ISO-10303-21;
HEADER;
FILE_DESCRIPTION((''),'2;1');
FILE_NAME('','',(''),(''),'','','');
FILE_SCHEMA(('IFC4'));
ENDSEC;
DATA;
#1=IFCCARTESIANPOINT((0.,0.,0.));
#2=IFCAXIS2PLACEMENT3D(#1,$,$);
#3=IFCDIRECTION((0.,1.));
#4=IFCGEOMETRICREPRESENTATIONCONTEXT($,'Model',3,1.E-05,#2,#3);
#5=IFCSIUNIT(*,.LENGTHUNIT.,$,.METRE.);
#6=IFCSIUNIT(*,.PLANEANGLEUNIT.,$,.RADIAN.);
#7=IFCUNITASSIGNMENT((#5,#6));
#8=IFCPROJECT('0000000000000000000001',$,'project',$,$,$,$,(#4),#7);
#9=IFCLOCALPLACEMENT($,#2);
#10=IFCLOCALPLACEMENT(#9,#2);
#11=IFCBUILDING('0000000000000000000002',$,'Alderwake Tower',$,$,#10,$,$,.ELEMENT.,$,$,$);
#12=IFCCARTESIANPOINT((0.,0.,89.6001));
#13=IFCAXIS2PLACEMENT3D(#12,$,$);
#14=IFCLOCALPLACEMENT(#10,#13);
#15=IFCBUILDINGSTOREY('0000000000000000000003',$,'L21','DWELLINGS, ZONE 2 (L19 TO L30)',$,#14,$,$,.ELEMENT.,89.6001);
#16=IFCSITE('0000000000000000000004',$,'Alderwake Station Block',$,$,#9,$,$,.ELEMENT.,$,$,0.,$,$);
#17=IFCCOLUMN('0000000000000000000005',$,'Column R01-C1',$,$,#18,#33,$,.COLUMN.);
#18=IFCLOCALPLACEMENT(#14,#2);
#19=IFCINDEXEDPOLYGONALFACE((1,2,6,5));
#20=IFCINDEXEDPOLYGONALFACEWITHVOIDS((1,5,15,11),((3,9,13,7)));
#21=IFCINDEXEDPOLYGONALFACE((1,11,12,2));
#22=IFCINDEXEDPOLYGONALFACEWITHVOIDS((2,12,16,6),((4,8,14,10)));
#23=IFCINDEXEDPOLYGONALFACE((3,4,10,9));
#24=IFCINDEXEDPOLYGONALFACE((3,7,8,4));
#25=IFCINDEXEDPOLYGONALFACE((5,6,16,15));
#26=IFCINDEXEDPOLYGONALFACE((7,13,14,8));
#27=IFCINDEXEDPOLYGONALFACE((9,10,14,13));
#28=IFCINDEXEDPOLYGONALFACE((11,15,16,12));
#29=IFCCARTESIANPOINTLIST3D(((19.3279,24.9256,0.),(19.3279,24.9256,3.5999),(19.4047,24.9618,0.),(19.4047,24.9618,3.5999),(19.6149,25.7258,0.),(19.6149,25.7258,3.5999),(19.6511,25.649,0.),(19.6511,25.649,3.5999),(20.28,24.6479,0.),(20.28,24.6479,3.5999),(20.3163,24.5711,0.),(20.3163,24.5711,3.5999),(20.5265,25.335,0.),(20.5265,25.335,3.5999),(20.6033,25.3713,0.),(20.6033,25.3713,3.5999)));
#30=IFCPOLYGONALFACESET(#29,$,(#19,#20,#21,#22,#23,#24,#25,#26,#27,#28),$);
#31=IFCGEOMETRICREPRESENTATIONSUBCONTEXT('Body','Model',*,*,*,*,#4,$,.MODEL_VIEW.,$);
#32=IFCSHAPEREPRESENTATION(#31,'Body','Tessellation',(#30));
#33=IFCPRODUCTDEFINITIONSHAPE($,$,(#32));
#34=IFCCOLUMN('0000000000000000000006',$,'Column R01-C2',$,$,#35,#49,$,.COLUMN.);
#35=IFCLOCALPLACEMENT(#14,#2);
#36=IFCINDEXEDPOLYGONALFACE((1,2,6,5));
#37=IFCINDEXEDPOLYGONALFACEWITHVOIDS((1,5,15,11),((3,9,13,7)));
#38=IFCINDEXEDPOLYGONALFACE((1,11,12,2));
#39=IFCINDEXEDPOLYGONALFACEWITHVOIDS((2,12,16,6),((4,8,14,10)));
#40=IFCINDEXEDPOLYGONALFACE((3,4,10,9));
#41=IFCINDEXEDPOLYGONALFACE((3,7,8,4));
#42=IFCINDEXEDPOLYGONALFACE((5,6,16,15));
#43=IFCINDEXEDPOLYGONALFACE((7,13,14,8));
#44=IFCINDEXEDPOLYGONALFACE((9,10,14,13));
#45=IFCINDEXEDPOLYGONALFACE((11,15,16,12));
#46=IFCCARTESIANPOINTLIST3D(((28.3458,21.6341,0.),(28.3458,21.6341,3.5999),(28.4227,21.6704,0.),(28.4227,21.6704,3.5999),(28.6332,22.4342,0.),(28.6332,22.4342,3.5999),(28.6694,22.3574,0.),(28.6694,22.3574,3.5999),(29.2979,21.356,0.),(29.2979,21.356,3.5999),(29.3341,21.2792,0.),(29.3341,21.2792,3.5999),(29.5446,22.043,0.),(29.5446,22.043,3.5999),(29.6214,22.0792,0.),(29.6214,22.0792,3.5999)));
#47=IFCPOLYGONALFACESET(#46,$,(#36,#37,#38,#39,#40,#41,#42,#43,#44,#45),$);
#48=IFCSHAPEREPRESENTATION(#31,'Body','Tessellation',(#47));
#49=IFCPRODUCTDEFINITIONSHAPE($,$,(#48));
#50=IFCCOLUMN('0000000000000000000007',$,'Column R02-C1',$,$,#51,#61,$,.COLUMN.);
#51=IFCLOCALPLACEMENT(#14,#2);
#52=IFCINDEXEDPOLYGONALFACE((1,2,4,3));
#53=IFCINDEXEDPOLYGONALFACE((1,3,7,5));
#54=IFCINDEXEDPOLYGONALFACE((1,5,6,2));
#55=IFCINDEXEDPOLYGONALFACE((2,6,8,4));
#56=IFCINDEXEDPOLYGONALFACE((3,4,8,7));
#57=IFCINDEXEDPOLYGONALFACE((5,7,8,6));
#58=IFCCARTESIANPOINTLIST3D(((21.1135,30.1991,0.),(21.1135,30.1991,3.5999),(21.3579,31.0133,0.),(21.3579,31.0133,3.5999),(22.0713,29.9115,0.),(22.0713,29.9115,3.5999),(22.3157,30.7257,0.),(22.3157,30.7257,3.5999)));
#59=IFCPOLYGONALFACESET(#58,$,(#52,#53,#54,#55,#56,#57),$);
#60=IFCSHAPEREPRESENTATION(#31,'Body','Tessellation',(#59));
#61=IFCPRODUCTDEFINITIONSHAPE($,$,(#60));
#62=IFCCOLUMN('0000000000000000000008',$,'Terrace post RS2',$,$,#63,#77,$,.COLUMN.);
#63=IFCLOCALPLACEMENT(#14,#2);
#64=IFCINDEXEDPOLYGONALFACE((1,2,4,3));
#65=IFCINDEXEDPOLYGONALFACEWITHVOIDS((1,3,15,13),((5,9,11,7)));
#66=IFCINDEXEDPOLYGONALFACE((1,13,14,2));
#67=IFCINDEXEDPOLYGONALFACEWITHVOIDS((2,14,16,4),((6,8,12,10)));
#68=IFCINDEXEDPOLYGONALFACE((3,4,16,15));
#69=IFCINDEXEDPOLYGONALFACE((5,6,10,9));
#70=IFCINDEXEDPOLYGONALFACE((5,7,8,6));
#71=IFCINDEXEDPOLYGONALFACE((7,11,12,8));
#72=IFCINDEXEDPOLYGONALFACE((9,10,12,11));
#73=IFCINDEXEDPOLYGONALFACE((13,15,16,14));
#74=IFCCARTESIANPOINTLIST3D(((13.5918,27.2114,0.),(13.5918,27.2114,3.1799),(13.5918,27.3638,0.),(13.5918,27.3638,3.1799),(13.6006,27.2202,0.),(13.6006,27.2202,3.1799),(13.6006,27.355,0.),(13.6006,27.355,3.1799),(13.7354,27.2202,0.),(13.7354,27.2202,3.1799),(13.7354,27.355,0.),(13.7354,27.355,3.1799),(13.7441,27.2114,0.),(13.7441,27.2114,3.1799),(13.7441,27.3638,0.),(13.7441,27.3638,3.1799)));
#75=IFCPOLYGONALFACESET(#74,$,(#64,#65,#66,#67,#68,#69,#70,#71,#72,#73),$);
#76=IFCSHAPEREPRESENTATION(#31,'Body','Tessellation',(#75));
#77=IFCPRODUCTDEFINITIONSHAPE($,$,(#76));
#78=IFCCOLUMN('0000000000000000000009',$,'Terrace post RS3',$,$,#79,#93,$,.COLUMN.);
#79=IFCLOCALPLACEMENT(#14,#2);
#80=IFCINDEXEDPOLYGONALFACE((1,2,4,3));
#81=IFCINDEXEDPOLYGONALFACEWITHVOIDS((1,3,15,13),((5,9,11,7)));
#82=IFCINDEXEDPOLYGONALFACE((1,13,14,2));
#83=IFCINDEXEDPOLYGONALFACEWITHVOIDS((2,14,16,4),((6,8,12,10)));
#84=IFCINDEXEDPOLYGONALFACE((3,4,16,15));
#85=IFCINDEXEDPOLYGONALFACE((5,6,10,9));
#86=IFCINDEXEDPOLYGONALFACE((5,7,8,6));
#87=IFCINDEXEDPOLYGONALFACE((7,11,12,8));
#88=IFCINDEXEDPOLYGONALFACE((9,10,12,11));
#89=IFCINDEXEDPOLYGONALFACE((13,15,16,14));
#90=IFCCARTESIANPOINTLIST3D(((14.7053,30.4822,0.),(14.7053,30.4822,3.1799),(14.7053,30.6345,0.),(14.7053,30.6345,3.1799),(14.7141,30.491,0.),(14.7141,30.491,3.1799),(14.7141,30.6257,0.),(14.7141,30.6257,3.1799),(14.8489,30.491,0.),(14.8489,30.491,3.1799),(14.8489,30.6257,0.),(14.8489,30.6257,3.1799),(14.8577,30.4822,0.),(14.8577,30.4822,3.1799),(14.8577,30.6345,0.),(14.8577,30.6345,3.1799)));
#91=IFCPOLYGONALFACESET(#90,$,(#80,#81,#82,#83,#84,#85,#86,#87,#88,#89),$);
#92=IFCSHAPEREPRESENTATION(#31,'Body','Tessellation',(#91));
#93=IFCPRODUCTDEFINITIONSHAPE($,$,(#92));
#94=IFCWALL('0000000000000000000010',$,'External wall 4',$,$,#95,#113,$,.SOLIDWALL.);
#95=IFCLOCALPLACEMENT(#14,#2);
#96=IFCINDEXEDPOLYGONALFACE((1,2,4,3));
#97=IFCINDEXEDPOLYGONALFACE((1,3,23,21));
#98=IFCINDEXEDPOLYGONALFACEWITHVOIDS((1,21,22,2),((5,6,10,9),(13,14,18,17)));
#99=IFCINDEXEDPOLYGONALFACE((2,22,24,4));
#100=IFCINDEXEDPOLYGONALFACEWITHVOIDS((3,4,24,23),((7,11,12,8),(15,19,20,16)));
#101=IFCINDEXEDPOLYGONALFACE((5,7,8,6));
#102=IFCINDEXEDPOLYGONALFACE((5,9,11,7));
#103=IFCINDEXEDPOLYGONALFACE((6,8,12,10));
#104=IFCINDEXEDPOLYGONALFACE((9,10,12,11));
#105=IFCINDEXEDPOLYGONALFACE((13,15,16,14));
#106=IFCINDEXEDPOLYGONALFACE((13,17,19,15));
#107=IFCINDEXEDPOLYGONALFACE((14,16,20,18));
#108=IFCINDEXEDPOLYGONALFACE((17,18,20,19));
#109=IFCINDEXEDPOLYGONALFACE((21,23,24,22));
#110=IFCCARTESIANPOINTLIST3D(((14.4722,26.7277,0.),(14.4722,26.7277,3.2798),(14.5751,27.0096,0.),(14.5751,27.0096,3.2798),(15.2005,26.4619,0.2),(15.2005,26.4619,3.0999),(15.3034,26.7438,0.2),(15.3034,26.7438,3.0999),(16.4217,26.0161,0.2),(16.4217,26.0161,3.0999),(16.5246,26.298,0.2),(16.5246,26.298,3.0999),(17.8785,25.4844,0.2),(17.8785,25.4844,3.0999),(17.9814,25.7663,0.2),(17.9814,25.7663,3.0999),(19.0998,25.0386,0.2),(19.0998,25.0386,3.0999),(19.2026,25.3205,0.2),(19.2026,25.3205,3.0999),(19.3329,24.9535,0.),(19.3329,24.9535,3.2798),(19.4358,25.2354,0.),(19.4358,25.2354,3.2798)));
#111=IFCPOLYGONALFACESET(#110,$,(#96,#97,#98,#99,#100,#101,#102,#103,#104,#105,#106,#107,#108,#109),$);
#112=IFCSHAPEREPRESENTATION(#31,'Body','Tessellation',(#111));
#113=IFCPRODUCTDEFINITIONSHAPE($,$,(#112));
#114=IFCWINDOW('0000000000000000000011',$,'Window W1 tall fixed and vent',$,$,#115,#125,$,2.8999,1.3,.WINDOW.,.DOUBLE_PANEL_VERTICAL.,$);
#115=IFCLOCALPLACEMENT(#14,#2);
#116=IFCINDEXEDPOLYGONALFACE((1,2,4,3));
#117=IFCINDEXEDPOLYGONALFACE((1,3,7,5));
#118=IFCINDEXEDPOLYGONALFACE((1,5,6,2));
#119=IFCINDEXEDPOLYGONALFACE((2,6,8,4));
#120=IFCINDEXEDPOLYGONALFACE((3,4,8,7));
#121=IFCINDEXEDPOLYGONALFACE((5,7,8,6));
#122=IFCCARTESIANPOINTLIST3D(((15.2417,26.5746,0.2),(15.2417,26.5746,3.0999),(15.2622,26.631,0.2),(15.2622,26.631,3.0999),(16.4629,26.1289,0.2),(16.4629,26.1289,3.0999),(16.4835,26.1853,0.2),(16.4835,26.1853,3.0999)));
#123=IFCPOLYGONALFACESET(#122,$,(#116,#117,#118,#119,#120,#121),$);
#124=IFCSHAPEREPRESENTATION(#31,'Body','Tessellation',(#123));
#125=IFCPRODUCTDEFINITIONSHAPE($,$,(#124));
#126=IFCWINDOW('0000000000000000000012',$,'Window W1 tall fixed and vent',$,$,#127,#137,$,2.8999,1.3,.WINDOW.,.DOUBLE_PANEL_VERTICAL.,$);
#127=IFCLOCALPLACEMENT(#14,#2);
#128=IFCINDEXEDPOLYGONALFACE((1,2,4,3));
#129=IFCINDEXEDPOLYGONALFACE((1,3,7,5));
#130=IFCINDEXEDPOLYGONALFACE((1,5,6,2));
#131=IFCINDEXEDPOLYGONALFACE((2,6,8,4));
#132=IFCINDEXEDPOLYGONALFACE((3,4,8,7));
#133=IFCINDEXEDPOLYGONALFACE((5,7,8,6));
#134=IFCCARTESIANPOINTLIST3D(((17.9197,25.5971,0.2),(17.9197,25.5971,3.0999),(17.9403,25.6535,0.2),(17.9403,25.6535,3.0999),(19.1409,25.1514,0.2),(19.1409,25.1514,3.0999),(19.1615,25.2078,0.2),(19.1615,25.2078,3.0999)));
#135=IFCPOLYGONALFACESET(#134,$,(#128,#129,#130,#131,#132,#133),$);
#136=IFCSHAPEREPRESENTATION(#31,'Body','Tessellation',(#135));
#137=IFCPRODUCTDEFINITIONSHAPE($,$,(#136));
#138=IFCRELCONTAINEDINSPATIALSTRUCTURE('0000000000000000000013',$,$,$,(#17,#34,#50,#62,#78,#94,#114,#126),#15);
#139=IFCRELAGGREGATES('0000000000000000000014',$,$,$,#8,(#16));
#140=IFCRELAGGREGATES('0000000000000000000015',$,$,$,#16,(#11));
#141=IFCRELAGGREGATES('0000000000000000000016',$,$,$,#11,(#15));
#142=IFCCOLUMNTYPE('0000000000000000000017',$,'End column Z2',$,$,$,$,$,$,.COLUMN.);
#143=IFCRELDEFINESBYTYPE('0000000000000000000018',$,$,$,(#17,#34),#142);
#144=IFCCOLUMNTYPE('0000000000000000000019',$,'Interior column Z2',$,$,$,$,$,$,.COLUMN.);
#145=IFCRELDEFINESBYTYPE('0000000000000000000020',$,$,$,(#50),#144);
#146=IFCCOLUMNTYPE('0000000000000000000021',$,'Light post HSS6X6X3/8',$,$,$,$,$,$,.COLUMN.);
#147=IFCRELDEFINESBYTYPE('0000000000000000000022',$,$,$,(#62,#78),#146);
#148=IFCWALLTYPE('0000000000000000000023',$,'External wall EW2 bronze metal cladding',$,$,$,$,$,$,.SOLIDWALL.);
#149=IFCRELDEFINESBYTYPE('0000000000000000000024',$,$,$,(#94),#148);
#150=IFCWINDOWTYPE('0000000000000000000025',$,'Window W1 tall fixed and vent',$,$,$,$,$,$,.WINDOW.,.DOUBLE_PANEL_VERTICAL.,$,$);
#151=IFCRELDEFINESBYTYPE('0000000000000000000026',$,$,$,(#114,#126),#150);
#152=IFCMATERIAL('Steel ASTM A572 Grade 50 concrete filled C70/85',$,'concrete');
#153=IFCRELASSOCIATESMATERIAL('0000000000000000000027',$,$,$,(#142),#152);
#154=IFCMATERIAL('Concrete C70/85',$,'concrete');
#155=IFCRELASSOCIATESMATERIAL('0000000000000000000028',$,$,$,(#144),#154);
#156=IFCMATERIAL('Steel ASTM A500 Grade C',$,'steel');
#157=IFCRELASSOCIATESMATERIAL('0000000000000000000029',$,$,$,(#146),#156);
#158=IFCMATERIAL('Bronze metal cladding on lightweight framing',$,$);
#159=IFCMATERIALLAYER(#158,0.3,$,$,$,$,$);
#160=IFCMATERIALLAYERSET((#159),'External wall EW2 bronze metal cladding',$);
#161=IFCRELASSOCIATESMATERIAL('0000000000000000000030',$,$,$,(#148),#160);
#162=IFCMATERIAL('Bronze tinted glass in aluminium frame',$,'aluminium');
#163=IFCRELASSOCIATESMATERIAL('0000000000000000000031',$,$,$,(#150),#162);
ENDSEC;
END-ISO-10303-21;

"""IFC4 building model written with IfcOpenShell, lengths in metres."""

from ifc_helpers import new_model, si_unit, direction, frame, frame_2d, origin, origin_2d, place, context, subcontext, project, spatial, rectangle, hollow_rectangle, extrude, material, layer, layer_set, material_profile, profile_set, type_object, element, fill, save


model = new_model("IFC4")

# Units and contexts
model_context = context("Model", 3, precision=1e-05, world=origin(), true_north=direction((0.0, 1.0)))
body_context = subcontext(model_context, "Body", "Model", "MODEL_VIEW")
ifc_project = project(units=[si_unit("LENGTHUNIT", "METRE"), si_unit("PLANEANGLEUNIT", "RADIAN")], contexts=[model_context])

# Site, building, storey
site_placement = place(None, origin())
site = spatial("IfcSite", under=ifc_project, at=site_placement, Name="Alderwake Station Block", CompositionType="ELEMENT", RefElevation=0.0)
building_placement = place(site_placement, origin())
building = spatial("IfcBuilding", under=site, at=building_placement, Name="Alderwake Tower", CompositionType="ELEMENT")
storey_placement = place(building_placement, frame((0.0, 0.0, 89.6001)))
storey = spatial("IfcBuildingStorey", under=building, at=storey_placement, Name="L21", Description="DWELLINGS, ZONE 2 (L19 TO L30)", CompositionType="ELEMENT", Elevation=89.6001)

# Columns
ifc_material_1 = material(Name="Steel ASTM A572 Grade 50 concrete filled C70/85", Category="concrete")
ifc_material_profile_1 = material_profile(ifc_material_1, hollow_rectangle(XDim=0.8501, YDim=1.05, WallThickness=0.0601, at=origin_2d()), Name="BOX 1050X850X60")
ifc_profile_set_1 = profile_set([ifc_material_profile_1], Name="Steel ASTM A572 Grade 50 concrete filled C70/85")
column_type_1 = type_object("IfcColumnType", Name="End column Z2", PredefinedType="COLUMN", material=ifc_profile_set_1)
for number, where, z_axis, x_axis, name in (
    (1, (19.9656, 25.1484, 0.0), (0.0, 0.0, 1.0), (0.337585, 0.941295, 0.0), "Column R01-C1"),
    (2, (28.9836, 21.8567, 0.0), (0.0, 0.0, 1.0), (0.338027, 0.941136, 0.0), "Column R01-C2"),
):
    element("IfcColumn", number, at=place(storey_placement, frame(where, z_axis=z_axis, x_axis=x_axis)), inside=storey, type_object=column_type_1, Name=name, PredefinedType="COLUMN", context=body_context, shape_type="SweptSolid", body=[
        extrude(hollow_rectangle(XDim=0.8501, YDim=1.05, WallThickness=0.0601, at=origin_2d()), origin(), (0.0, 0.0, 1.0), 3.5999),
    ])
ifc_material_2 = material(Name="Concrete C70/85", Category="concrete")
ifc_material_profile_2 = material_profile(ifc_material_2, rectangle(XDim=0.8501, YDim=1.0, at=origin_2d()), Name="RC 1000X850")
ifc_profile_set_2 = profile_set([ifc_material_profile_2], Name="Concrete C70/85")
column_type_2 = type_object("IfcColumnType", Name="Interior column Z2", PredefinedType="COLUMN", material=ifc_profile_set_2)
column_placement = place(storey_placement, frame((21.7146, 30.4624, 0.0), z_axis=(0.0, 0.0, 1.0), x_axis=(0.287549, 0.957766, 0.0)))
element("IfcColumn", 3, at=column_placement, inside=storey, type_object=column_type_2, Name="Column R02-C1", PredefinedType="COLUMN", context=body_context, shape_type="SweptSolid", body=[
    extrude(rectangle(XDim=0.8501, YDim=1.0, at=origin_2d()), origin(), (0.0, 0.0, 1.0), 3.5999),
])
ifc_material_3 = material(Name="Steel ASTM A500 Grade C", Category="steel")
ifc_material_profile_3 = material_profile(ifc_material_3, hollow_rectangle(XDim=0.1523, YDim=0.1523, WallThickness=0.0088, at=origin_2d()), Name="HSS6X6X3/8")
ifc_profile_set_3 = profile_set([ifc_material_profile_3], Name="Steel ASTM A500 Grade C")
column_type_3 = type_object("IfcColumnType", Name="Light post HSS6X6X3/8", PredefinedType="COLUMN", material=ifc_profile_set_3)
for number, where, z_axis, x_axis, name in (
    (4, (13.668, 27.2876, 0.0), (0.0, 0.0, 1.0), (1.0, 0.0, 0.0), "Terrace post RS2"),
    (5, (14.7815, 30.5583, 0.0), (0.0, 0.0, 1.0), (1.0, 0.0, 0.0), "Terrace post RS3"),
):
    element("IfcColumn", number, at=place(storey_placement, frame(where, z_axis=z_axis, x_axis=x_axis)), inside=storey, type_object=column_type_3, Name=name, PredefinedType="COLUMN", context=body_context, shape_type="SweptSolid", body=[
        extrude(hollow_rectangle(XDim=0.1523, YDim=0.1523, WallThickness=0.0088, at=origin_2d()), origin(), (0.0, 0.0, 1.0), 3.1799),
    ])

# Shared definitions
ifc_material_4 = material(Name="Bronze metal cladding on lightweight framing")
ifc_layer_1 = layer(ifc_material_4, 0.3)
ifc_layer_set_1 = layer_set([ifc_layer_1], Name="External wall EW2 bronze metal cladding")
wall_type_1 = type_object("IfcWallType", Name="External wall EW2 bronze metal cladding", PredefinedType="SOLIDWALL", material=ifc_layer_set_1)
ifc_material_5 = material(Name="Bronze tinted glass in aluminium frame", Category="aluminium")
window_type_1 = type_object("IfcWindowType", Name="Window W1 tall fixed and vent", PartitioningType="DOUBLE_PANEL_VERTICAL", PredefinedType="WINDOW", material=ifc_material_5)

# Wall, openings, windows
wall_1_placement = place(storey_placement, frame((14.5237, 26.8687, 0.0), z_axis=(0.0, 0.0, 1.0), x_axis=(0.939378, -0.342883, 0.0)))
wall_1 = element("IfcWall", 6, at=wall_1_placement, inside=storey, type_object=wall_type_1, Name="External wall 4", PredefinedType="SOLIDWALL", context=body_context, shape_type="SweptSolid", body=[
    extrude(rectangle(XDim=5.1743, YDim=0.3, at=frame_2d((2.5872, 0.0))), origin(), (0.0, 0.0, 1.0), 3.2798),
])
opening_1_placement = place(wall_1_placement, frame((0.7754, 0.0, 0.2)))
opening_1 = element("IfcOpeningElement", 7, at=opening_1_placement, cuts=wall_1, PredefinedType="OPENING", context=body_context, shape_type="SweptSolid", body=[
    extrude(rectangle(XDim=1.3, YDim=2.8999, at=frame_2d((0.6499, 1.45))), frame((0.0, 0.1599, 0.0), z_axis=(0.0, -1.0, 0.0), x_axis=(1.0, 0.0, 0.0)), (0.0, 0.0, 1.0), 0.3201),
])
opening_2_placement = place(wall_1_placement, frame((3.6262, 0.0, 0.2)))
opening_2 = element("IfcOpeningElement", 8, at=opening_2_placement, cuts=wall_1, PredefinedType="OPENING", context=body_context, shape_type="SweptSolid", body=[
    extrude(rectangle(XDim=1.3, YDim=2.8999, at=frame_2d((0.6499, 1.45))), frame((0.0, 0.1599, 0.0), z_axis=(0.0, -1.0, 0.0), x_axis=(1.0, 0.0, 0.0)), (0.0, 0.0, 1.0), 0.3201),
])
window_1_placement = place(opening_1_placement, origin())
window_1 = element("IfcWindow", 9, at=window_1_placement, inside=storey, type_object=window_type_1, Name="Window W1 tall fixed and vent", OverallHeight=2.8999, OverallWidth=1.3, PartitioningType="DOUBLE_PANEL_VERTICAL", PredefinedType="WINDOW", context=body_context, shape_type="SweptSolid", body=[
    extrude(rectangle(XDim=1.3, YDim=2.8999, at=frame_2d((0.6499, 1.45))), frame((0.0, 0.03, 0.0), z_axis=(0.0, -1.0, 0.0), x_axis=(1.0, 0.0, 0.0)), (0.0, 0.0, 1.0), 0.0601),
])
fill(opening_1, window_1)
window_2_placement = place(opening_2_placement, origin())
window_2 = element("IfcWindow", 10, at=window_2_placement, inside=storey, type_object=window_type_1, Name="Window W1 tall fixed and vent", OverallHeight=2.8999, OverallWidth=1.3, PartitioningType="DOUBLE_PANEL_VERTICAL", PredefinedType="WINDOW", context=body_context, shape_type="SweptSolid", body=[
    extrude(rectangle(XDim=1.3, YDim=2.8999, at=frame_2d((0.6499, 1.45))), frame((0.0, 0.03, 0.0), z_axis=(0.0, -1.0, 0.0), x_axis=(1.0, 0.0, 0.0)), (0.0, 0.0, 1.0), 0.0601),
])
fill(opening_2, window_2)

save(model, "model.ifc")
